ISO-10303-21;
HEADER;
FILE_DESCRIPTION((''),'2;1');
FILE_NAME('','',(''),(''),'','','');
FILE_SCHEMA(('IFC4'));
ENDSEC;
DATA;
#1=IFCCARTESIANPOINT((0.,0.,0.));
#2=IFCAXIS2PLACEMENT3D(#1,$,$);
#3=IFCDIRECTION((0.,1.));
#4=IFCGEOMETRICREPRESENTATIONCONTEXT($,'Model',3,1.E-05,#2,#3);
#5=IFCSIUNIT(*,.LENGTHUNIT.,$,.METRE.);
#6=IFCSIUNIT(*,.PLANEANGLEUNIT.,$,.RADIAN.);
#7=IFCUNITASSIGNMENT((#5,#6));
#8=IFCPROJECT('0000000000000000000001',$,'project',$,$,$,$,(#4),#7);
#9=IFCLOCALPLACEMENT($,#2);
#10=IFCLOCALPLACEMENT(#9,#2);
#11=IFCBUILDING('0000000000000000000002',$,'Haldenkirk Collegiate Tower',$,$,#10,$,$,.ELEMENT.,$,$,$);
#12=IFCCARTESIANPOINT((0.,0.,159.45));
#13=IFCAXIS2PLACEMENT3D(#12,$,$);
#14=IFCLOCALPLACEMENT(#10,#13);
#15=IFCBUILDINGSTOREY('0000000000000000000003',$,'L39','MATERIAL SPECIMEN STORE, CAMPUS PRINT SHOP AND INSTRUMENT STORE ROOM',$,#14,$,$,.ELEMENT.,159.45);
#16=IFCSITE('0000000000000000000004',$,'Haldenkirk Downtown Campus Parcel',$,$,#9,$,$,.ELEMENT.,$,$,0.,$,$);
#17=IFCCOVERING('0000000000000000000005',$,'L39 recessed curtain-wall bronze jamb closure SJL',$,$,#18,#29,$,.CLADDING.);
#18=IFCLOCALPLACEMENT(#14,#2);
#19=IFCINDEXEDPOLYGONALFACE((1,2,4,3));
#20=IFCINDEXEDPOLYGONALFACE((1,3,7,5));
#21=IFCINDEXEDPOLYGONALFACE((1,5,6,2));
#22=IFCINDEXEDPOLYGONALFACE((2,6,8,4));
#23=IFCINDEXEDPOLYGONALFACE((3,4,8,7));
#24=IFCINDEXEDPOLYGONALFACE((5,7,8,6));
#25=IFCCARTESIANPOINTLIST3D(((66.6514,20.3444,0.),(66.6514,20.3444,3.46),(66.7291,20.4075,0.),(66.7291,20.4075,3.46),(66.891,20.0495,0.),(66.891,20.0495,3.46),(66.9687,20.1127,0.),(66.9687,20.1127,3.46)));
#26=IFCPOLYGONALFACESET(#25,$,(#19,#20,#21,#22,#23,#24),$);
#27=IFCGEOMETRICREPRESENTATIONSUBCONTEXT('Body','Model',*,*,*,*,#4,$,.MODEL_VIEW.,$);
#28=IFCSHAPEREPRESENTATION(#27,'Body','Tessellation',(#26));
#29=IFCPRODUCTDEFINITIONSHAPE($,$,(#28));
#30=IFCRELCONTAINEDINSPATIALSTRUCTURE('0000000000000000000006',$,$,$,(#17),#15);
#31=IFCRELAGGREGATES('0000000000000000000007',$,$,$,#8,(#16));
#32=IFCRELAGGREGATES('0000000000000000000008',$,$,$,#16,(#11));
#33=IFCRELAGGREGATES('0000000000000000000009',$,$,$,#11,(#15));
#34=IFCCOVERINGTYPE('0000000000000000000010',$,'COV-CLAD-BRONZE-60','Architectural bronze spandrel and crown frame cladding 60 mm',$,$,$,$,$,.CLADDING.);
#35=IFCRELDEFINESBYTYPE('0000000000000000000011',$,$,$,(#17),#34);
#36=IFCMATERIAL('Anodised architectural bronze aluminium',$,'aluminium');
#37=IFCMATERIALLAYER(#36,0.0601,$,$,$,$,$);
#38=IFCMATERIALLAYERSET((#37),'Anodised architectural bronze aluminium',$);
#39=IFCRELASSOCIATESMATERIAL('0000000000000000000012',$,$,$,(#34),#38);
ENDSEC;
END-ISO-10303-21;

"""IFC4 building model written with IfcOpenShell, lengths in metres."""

from ifc_helpers import new_model, si_unit, direction, frame, origin, origin_2d, place, context, subcontext, project, spatial, rectangle, extrude, source, transform, mapped, material, layer, layer_set, type_object, element, save


model = new_model("IFC4")

# Units and contexts
model_context = context("Model", 3, precision=1e-05, world=origin(), true_north=direction((0.0, 1.0)))
body_context = subcontext(model_context, "Body", "Model", "MODEL_VIEW")
ifc_project = project(units=[si_unit("LENGTHUNIT", "METRE"), si_unit("PLANEANGLEUNIT", "RADIAN")], contexts=[model_context])

# Site, building, storey
site_placement = place(None, origin())
site = spatial("IfcSite", under=ifc_project, at=site_placement, Name="Haldenkirk Downtown Campus Parcel", CompositionType="ELEMENT", RefElevation=0.0)
building_placement = place(site_placement, origin())
building = spatial("IfcBuilding", under=site, at=building_placement, Name="Haldenkirk Collegiate Tower", CompositionType="ELEMENT")
storey_placement = place(building_placement, frame((0.0, 0.0, 159.45)))
storey = spatial("IfcBuildingStorey", under=building, at=storey_placement, Name="L39", Description="MATERIAL SPECIMEN STORE, CAMPUS PRINT SHOP AND INSTRUMENT STORE ROOM", CompositionType="ELEMENT", Elevation=159.45)

# Shared definitions
ifc_material_1 = material(Name="Anodised architectural bronze aluminium", Category="aluminium")

# Covering
ifc_layer_1 = layer(ifc_material_1, 0.0601)
ifc_layer_set_1 = layer_set([ifc_layer_1], Name="Anodised architectural bronze aluminium")
covering_type = type_object("IfcCoveringType", Name="COV-CLAD-BRONZE-60", Description="Architectural bronze spandrel and crown frame cladding 60 mm", PredefinedType="CLADDING", material=ifc_layer_set_1)
shared_shape_1 = source(origin(), body_context, "Body", "SweptSolid", [
    extrude(rectangle(XDim=0.1001, YDim=0.3799, at=origin_2d()), origin(), (0.0, 0.0, 1.0), 3.46),
])
covering_placement = place(storey_placement, frame((66.8101, 20.2285, 0.0), z_axis=(0.0, 0.0, 1.0), x_axis=(-0.776046, -0.630676, 0.0)))
element("IfcCovering", 1, at=covering_placement, inside=storey, type_object=covering_type, Name="L39 recessed curtain-wall bronze jamb closure SJL", PredefinedType="CLADDING", context=body_context, shape_type="MappedRepresentation", body=[
    mapped(shared_shape_1, transform((0.0, 0.0, 0.0), x_axis=(1.0, 0.0, 0.0), y_axis=(0.0, 1.0, 0.0), z_axis=(0.0, 0.0, 1.0), scale=1.0)),
])

save(model, "model.ifc")
